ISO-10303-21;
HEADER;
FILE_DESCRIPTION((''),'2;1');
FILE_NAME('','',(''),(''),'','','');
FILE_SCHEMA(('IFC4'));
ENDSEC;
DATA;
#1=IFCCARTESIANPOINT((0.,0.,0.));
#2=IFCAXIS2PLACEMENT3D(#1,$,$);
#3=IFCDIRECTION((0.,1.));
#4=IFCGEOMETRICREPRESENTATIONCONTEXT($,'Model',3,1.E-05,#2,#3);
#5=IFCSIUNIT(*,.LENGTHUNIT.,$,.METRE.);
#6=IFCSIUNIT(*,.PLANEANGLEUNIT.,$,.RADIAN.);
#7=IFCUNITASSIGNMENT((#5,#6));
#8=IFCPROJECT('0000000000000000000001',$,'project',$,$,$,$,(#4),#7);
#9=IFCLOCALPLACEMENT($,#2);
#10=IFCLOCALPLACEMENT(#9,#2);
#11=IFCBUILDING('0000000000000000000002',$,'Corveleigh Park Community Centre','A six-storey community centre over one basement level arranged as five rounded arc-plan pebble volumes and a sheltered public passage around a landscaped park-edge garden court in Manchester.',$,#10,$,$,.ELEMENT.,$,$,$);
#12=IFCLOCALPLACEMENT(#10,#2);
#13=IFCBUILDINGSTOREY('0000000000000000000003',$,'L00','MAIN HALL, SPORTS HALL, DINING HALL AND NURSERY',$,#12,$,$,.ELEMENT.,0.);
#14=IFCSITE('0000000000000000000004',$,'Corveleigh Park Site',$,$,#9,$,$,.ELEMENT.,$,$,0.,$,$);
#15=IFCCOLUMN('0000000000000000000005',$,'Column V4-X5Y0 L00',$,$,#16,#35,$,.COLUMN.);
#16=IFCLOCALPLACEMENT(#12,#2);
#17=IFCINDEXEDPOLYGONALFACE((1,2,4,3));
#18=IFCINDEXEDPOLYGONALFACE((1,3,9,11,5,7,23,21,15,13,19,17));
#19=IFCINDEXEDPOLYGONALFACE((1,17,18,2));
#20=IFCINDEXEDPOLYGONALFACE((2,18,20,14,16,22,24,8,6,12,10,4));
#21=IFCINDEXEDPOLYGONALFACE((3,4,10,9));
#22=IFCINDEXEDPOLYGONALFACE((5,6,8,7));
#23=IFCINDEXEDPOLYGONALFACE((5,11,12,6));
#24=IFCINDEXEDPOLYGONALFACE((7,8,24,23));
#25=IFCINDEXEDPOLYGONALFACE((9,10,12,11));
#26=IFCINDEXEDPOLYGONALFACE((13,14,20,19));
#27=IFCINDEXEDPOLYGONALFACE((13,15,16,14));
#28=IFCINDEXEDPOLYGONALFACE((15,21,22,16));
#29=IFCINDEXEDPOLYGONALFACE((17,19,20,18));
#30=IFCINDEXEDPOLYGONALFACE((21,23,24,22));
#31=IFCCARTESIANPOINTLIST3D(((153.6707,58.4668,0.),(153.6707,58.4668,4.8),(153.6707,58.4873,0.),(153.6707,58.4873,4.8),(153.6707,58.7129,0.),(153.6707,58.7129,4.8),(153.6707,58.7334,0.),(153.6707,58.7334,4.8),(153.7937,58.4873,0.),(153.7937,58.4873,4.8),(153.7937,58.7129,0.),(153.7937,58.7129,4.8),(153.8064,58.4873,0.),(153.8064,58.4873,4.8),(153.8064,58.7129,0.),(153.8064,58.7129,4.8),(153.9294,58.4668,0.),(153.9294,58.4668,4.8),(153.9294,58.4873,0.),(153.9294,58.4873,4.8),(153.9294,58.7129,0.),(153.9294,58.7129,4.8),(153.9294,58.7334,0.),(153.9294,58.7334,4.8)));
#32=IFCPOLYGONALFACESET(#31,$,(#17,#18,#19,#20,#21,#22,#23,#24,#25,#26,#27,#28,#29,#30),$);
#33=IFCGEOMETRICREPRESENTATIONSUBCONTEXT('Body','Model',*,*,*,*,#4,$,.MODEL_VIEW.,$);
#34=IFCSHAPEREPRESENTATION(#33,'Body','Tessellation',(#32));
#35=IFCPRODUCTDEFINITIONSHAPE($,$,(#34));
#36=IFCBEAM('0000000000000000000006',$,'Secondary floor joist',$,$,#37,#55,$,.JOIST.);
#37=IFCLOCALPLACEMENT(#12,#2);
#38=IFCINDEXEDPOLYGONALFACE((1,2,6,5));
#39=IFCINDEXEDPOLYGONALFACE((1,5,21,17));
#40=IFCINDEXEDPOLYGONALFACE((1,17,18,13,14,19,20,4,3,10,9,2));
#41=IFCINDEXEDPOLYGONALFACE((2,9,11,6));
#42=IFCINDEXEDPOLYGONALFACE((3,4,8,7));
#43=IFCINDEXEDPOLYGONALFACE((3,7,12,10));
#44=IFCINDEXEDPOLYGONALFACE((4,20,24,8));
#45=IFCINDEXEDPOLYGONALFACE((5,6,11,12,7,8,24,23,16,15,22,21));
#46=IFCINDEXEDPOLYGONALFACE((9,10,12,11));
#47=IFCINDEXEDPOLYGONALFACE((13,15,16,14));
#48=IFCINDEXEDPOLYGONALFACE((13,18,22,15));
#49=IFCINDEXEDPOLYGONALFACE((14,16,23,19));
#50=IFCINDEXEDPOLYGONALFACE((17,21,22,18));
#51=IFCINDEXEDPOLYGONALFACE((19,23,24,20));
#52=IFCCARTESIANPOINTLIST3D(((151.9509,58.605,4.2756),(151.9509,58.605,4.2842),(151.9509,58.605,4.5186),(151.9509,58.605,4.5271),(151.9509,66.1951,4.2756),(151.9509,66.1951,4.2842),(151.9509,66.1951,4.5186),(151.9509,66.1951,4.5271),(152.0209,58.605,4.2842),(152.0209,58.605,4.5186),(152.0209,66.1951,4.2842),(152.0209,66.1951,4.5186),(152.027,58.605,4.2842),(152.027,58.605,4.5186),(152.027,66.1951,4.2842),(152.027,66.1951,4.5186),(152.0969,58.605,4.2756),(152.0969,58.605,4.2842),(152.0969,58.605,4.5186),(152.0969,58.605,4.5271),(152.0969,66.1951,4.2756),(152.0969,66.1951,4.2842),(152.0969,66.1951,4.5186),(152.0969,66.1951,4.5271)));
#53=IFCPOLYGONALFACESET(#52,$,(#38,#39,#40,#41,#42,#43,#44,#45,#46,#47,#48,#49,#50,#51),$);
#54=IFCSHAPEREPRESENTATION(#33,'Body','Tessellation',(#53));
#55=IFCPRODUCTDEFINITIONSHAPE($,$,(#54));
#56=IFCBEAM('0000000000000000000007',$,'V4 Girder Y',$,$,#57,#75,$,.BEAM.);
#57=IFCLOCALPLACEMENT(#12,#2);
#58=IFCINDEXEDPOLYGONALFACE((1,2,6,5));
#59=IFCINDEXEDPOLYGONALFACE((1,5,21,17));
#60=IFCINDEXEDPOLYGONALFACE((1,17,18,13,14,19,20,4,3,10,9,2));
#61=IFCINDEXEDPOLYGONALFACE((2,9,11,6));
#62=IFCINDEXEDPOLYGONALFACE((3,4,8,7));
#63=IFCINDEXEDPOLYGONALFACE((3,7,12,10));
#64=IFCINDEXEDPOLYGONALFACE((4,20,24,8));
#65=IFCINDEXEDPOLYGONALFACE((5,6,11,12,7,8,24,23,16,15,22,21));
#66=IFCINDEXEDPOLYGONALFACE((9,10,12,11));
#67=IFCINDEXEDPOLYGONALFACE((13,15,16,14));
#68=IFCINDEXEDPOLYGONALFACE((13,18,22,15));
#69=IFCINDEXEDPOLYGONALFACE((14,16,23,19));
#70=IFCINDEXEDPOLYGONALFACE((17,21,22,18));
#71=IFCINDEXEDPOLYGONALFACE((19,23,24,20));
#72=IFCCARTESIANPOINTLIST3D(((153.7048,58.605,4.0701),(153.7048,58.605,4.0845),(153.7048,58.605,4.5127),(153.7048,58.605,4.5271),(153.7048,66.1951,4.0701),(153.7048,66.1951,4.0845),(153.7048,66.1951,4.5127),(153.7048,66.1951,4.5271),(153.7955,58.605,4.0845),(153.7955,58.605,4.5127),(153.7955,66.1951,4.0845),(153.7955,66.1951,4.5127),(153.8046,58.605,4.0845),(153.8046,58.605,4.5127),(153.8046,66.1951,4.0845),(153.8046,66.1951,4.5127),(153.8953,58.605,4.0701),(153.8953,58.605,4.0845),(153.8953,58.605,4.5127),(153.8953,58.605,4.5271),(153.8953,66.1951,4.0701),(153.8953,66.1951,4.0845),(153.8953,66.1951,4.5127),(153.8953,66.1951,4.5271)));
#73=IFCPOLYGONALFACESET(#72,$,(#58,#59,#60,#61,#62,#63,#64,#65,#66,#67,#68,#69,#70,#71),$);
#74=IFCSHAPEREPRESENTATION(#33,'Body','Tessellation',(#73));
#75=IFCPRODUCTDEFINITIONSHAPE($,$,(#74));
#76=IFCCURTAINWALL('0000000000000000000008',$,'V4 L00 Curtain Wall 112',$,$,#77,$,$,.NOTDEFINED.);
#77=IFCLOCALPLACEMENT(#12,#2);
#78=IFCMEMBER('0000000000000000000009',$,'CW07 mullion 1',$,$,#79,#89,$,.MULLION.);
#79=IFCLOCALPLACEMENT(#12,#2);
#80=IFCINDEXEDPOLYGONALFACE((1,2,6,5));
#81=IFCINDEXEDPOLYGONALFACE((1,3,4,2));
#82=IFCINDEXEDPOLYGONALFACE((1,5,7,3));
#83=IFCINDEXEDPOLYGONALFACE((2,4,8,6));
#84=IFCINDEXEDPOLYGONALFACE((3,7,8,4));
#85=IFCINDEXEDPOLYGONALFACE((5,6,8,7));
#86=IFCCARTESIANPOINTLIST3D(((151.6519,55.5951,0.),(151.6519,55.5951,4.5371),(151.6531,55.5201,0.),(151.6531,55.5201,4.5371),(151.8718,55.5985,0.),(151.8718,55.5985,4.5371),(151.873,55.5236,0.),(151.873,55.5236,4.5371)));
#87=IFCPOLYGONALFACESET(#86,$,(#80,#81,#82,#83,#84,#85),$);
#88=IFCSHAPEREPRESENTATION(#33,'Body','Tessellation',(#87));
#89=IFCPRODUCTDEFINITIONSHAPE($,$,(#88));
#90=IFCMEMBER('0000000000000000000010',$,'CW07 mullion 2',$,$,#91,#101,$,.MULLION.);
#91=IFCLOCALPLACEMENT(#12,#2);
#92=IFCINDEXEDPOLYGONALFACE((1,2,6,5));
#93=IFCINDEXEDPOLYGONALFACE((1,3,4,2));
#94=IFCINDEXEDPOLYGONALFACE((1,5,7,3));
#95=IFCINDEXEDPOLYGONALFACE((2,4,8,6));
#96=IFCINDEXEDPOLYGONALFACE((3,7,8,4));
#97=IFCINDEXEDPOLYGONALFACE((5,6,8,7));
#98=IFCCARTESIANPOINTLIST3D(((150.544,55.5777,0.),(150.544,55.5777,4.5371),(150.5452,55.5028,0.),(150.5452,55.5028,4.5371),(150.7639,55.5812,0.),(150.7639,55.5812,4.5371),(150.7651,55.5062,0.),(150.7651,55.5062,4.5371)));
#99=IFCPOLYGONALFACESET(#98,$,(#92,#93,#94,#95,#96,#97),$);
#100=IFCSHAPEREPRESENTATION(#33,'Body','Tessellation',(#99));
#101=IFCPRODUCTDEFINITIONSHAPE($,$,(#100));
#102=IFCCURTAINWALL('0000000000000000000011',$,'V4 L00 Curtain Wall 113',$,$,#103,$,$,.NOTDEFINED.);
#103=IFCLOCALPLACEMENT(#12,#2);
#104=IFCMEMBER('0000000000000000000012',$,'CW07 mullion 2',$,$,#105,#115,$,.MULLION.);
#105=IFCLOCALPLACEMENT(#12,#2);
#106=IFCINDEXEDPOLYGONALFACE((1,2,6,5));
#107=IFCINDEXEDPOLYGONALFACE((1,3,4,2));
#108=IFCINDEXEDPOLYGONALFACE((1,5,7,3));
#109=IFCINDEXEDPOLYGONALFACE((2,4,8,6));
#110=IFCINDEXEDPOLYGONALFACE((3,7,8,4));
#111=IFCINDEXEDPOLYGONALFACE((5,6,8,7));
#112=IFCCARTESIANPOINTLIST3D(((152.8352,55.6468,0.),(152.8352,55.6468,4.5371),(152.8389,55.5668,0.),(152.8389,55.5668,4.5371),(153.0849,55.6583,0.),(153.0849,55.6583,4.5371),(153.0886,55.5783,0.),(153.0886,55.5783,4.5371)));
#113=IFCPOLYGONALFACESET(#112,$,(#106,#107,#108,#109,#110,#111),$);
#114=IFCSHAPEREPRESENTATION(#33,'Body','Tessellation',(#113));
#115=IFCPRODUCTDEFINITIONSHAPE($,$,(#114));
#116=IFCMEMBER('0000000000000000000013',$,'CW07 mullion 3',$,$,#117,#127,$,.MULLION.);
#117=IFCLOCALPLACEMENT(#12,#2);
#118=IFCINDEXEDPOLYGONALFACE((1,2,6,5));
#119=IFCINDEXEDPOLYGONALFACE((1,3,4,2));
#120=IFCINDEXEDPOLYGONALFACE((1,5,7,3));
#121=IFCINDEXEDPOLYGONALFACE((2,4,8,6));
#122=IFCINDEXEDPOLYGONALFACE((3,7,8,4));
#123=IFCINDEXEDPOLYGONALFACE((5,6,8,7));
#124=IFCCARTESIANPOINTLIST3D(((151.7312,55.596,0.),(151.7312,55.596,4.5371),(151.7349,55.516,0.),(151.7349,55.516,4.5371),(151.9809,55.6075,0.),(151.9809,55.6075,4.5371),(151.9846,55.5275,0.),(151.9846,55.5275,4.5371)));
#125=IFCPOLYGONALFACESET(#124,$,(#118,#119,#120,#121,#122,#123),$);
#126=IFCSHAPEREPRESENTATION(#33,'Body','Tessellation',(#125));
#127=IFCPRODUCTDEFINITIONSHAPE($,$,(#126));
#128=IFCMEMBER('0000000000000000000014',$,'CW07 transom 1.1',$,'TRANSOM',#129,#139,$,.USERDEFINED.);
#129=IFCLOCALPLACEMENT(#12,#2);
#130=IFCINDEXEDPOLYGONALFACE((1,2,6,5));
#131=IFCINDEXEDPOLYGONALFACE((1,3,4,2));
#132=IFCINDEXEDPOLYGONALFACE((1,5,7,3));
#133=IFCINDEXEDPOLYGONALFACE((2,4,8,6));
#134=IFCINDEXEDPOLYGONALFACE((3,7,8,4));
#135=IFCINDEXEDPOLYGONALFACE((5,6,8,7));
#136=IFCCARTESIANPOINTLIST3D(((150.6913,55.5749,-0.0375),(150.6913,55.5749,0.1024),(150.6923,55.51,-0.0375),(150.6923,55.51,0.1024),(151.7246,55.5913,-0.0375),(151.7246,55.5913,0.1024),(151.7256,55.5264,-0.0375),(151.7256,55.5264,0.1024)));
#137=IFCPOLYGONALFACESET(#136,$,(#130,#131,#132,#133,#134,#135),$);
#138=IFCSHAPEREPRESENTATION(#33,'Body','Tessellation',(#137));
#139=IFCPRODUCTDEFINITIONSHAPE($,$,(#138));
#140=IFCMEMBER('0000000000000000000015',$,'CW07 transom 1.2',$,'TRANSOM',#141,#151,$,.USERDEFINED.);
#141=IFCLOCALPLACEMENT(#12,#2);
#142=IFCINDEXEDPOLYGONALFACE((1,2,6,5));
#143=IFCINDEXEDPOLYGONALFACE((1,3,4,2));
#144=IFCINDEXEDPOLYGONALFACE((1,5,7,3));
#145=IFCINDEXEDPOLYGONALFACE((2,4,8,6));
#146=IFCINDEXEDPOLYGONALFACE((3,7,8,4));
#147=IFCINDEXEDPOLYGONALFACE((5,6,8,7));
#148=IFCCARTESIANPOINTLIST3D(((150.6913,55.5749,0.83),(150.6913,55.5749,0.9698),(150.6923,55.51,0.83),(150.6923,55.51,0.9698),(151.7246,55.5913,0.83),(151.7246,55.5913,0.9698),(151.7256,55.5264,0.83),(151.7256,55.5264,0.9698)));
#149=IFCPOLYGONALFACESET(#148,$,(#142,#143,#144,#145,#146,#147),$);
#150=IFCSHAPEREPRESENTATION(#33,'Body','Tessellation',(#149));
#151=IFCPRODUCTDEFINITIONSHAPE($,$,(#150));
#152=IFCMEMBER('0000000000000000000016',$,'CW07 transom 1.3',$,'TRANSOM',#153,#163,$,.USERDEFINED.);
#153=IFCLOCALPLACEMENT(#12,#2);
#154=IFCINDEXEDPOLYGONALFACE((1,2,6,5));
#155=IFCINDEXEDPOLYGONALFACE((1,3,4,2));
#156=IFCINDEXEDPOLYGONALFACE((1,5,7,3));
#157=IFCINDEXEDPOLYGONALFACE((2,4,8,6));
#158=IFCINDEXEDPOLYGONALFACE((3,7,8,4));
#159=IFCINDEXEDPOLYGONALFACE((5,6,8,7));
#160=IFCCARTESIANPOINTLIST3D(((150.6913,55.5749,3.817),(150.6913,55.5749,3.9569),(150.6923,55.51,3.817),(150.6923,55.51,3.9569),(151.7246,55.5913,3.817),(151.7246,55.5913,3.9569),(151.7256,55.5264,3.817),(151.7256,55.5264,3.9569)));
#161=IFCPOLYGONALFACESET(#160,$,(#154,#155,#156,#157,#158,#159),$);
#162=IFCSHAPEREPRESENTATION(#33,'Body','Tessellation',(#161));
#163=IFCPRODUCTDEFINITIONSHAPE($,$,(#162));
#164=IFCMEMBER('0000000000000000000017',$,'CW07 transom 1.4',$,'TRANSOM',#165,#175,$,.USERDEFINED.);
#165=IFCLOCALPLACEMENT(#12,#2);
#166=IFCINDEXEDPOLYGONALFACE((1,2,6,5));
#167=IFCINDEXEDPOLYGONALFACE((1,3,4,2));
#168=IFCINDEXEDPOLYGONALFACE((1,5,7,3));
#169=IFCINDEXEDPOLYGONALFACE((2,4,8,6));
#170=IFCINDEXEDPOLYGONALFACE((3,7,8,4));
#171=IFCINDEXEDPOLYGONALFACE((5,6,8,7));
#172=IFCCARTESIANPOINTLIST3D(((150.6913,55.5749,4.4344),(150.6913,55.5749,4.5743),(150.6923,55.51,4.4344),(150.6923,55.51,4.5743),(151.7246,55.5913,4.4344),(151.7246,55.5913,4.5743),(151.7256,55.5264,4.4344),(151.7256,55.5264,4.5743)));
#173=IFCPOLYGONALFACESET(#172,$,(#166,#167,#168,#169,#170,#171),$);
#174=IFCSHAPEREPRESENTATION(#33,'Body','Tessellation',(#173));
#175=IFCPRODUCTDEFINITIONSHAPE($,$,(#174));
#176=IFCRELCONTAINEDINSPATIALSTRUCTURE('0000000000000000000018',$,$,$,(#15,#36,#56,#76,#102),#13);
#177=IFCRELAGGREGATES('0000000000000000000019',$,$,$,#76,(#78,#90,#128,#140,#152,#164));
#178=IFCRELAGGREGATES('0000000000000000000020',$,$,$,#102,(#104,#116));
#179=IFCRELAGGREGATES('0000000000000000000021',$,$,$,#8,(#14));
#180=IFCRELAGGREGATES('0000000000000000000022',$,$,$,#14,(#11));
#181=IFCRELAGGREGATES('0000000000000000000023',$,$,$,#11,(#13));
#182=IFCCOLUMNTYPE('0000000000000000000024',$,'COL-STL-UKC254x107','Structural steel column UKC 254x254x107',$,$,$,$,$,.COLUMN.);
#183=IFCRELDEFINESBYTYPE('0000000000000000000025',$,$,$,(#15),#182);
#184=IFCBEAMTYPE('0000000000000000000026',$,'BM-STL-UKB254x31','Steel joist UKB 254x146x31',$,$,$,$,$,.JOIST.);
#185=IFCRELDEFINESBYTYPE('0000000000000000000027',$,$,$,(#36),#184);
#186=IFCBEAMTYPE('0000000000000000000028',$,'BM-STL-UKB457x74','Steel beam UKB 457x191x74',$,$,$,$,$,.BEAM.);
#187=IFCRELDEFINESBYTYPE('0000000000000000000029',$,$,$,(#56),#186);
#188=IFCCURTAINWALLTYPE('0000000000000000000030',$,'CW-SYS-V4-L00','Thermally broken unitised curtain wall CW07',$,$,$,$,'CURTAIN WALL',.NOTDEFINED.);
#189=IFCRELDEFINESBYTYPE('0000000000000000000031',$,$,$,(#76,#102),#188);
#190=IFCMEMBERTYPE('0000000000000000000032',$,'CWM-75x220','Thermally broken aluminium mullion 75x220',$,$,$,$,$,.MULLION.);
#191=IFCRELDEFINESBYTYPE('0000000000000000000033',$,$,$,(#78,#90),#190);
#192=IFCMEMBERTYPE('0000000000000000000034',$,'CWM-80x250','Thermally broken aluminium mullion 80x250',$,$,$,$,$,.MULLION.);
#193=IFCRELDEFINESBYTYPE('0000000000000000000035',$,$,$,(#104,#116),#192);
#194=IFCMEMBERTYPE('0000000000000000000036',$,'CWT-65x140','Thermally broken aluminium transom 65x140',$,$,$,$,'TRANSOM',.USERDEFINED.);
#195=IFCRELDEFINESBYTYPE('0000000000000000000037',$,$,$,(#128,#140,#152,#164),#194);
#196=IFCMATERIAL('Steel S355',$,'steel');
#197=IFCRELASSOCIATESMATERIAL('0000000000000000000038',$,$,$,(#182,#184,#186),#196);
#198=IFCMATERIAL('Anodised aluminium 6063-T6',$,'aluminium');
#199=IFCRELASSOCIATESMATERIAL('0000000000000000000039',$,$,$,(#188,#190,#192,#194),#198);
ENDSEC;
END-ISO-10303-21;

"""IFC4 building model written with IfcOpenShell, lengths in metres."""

from ifc_helpers import new_model, si_unit, direction, frame, origin, origin_2d, place, context, subcontext, project, spatial, rectangle, i_section, extrude, material, material_profile, profile_set, type_object, element, aggregate, save


model = new_model("IFC4")

# Units and contexts
model_context = context("Model", 3, precision=1e-05, world=origin(), true_north=direction((0.0, 1.0)))
body_context = subcontext(model_context, "Body", "Model", "MODEL_VIEW")
ifc_project = project(units=[si_unit("LENGTHUNIT", "METRE"), si_unit("PLANEANGLEUNIT", "RADIAN")], contexts=[model_context])

# Site, building, storey
site_placement = place(None, origin())
site = spatial("IfcSite", under=ifc_project, at=site_placement, Name="Corveleigh Park Site", CompositionType="ELEMENT", RefElevation=0.0)
building_placement = place(site_placement, origin())
building = spatial("IfcBuilding", under=site, at=building_placement, Name="Corveleigh Park Community Centre", Description="A six-storey community centre over one basement level arranged as five rounded arc-plan pebble volumes and a sheltered public passage around a landscaped park-edge garden court in Manchester.", CompositionType="ELEMENT")
storey_placement = place(building_placement, origin())
storey = spatial("IfcBuildingStorey", under=building, at=storey_placement, Name="L00", Description="MAIN HALL, SPORTS HALL, DINING HALL AND NURSERY", CompositionType="ELEMENT", Elevation=0.0)

# Column
ifc_material_1 = material(Name="Steel S355", Category="steel")
ifc_material_profile_1 = material_profile(ifc_material_1, i_section(OverallWidth=0.2588, OverallDepth=0.2666, WebThickness=0.0127, FlangeThickness=0.0205, at=origin_2d()), Name="UKC 254x254x107", Category="steel")
ifc_profile_set_1 = profile_set([ifc_material_profile_1], Name="Steel S355")
column_type = type_object("IfcColumnType", Name="COL-STL-UKC254x107", Description="Structural steel column UKC 254x254x107", PredefinedType="COLUMN", material=ifc_profile_set_1)
column_placement = place(storey_placement, frame((153.8, 58.6001, 0.0), z_axis=(0.0, 0.0, 1.0), x_axis=(1.0, 0.0, 0.0)))
element("IfcColumn", 1, at=column_placement, inside=storey, type_object=column_type, Name="Column V4-X5Y0 L00", PredefinedType="COLUMN", context=body_context, shape_type="SweptSolid", body=[
    extrude(i_section(OverallWidth=0.2588, OverallDepth=0.2666, WebThickness=0.0127, FlangeThickness=0.0205, at=origin_2d()), origin(), (0.0, 0.0, 1.0), 4.8),
])

# Beams
ifc_material_profile_2 = material_profile(ifc_material_1, i_section(OverallWidth=0.146, OverallDepth=0.2515, WebThickness=0.0061, FlangeThickness=0.0085, at=origin_2d()), Name="UKB 254x146x31", Category="steel")
ifc_profile_set_2 = profile_set([ifc_material_profile_2], Name="Steel S355")
beam_type_1 = type_object("IfcBeamType", Name="BM-STL-UKB254x31", Description="Steel joist UKB 254x146x31", PredefinedType="JOIST", material=ifc_profile_set_2)
beam_1_placement = place(storey_placement, frame((152.0239, 58.605, 4.4014), z_axis=(0.0, 1.0, 0.0), x_axis=(-1.0, 0.0, 0.0)))
element("IfcBeam", 2, at=beam_1_placement, inside=storey, type_object=beam_type_1, Name="Secondary floor joist", PredefinedType="JOIST", context=body_context, shape_type="SweptSolid", body=[
    extrude(i_section(OverallWidth=0.146, OverallDepth=0.2515, WebThickness=0.0061, FlangeThickness=0.0085, at=origin_2d()), origin(), (0.0, 0.0, 1.0), 7.5901),
])
ifc_material_profile_3 = material_profile(ifc_material_1, i_section(OverallWidth=0.1904, OverallDepth=0.457, WebThickness=0.009, FlangeThickness=0.0144, at=origin_2d()), Name="UKB 457x191x74", Category="steel")
ifc_profile_set_3 = profile_set([ifc_material_profile_3], Name="Steel S355")
beam_type_2 = type_object("IfcBeamType", Name="BM-STL-UKB457x74", Description="Steel beam UKB 457x191x74", PredefinedType="BEAM", material=ifc_profile_set_3)
beam_2_placement = place(storey_placement, frame((153.8, 58.605, 4.2986), z_axis=(0.0, 1.0, 0.0), x_axis=(-1.0, 0.0, 0.0)))
element("IfcBeam", 3, at=beam_2_placement, inside=storey, type_object=beam_type_2, Name="V4 Girder Y", PredefinedType="BEAM", context=body_context, shape_type="SweptSolid", body=[
    extrude(i_section(OverallWidth=0.1904, OverallDepth=0.457, WebThickness=0.009, FlangeThickness=0.0144, at=origin_2d()), origin(), (0.0, 0.0, 1.0), 7.5901),
])

# Curtain walls, members
ifc_material_2 = material(Name="Anodised aluminium 6063-T6", Category="aluminium")
curtain_wall_type = type_object("IfcCurtainWallType", Name="CW-SYS-V4-L00", Description="Thermally broken unitised curtain wall CW07", ElementType="CURTAIN WALL", PredefinedType="NOTDEFINED", material=ifc_material_2)
curtain_wall_1_placement = place(storey_placement, origin())
curtain_wall_1 = element("IfcCurtainWall", 4, at=curtain_wall_1_placement, inside=storey, type_object=curtain_wall_type, Name="V4 L00 Curtain Wall 112", PredefinedType="NOTDEFINED")
ifc_material_profile_4 = material_profile(ifc_material_2, rectangle(XDim=0.075, YDim=0.22, at=origin_2d()), Name="ALU-M75x220", Category="aluminium")
ifc_profile_set_4 = profile_set([ifc_material_profile_4], Name="Anodised aluminium 6063-T6")
member_type_1 = type_object("IfcMemberType", Name="CWM-75x220", Description="Thermally broken aluminium mullion 75x220", PredefinedType="MULLION", material=ifc_profile_set_4)
member_1_placement = place(storey_placement, frame((151.7625, 55.5593, 0.0), z_axis=(0.0, 0.0, 1.0), x_axis=(0.015712, -0.999877, 0.0)))
member_1 = element("IfcMember", 5, at=member_1_placement, type_object=member_type_1, Name="CW07 mullion 1", PredefinedType="MULLION", context=body_context, shape_type="SweptSolid", body=[
    extrude(rectangle(XDim=0.075, YDim=0.22, at=origin_2d()), origin(), (0.0, 0.0, 1.0), 4.5371),
])
member_2_placement = place(storey_placement, frame((150.6545, 55.542, 0.0), z_axis=(0.0, 0.0, 1.0), x_axis=(0.015712, -0.999877, 0.0)))
member_2 = element("IfcMember", 6, at=member_2_placement, type_object=member_type_1, Name="CW07 mullion 2", PredefinedType="MULLION", context=body_context, shape_type="SweptSolid", body=[
    extrude(rectangle(XDim=0.075, YDim=0.22, at=origin_2d()), origin(), (0.0, 0.0, 1.0), 4.5371),
])
curtain_wall_2_placement = place(storey_placement, origin())
curtain_wall_2 = element("IfcCurtainWall", 7, at=curtain_wall_2_placement, inside=storey, type_object=curtain_wall_type, Name="V4 L00 Curtain Wall 113", PredefinedType="NOTDEFINED")
ifc_material_profile_5 = material_profile(ifc_material_2, rectangle(XDim=0.0801, YDim=0.25, at=origin_2d()), Name="ALU-M80x250", Category="aluminium")
ifc_profile_set_5 = profile_set([ifc_material_profile_5], Name="Anodised aluminium 6063-T6")
member_type_2 = type_object("IfcMemberType", Name="CWM-80x250", Description="Thermally broken aluminium mullion 80x250", PredefinedType="MULLION", material=ifc_profile_set_5)
member_3_placement = place(storey_placement, frame((152.9619, 55.6125, 0.0), z_axis=(0.0, 0.0, 1.0), x_axis=(0.045843, -0.998949, 0.0)))
member_3 = element("IfcMember", 8, at=member_3_placement, type_object=member_type_2, Name="CW07 mullion 2", PredefinedType="MULLION", context=body_context, shape_type="SweptSolid", body=[
    extrude(rectangle(XDim=0.0801, YDim=0.25, at=origin_2d()), origin(), (0.0, 0.0, 1.0), 4.5371),
])
member_4_placement = place(storey_placement, frame((151.8579, 55.5618, 0.0), z_axis=(0.0, 0.0, 1.0), x_axis=(0.045843, -0.998949, 0.0)))
member_4 = element("IfcMember", 9, at=member_4_placement, type_object=member_type_2, Name="CW07 mullion 3", PredefinedType="MULLION", context=body_context, shape_type="SweptSolid", body=[
    extrude(rectangle(XDim=0.0801, YDim=0.25, at=origin_2d()), origin(), (0.0, 0.0, 1.0), 4.5371),
])

# Members
ifc_material_profile_6 = material_profile(ifc_material_2, rectangle(XDim=0.0649, YDim=0.1399, at=origin_2d()), Name="ALU-T65x140", Category="aluminium")
ifc_profile_set_6 = profile_set([ifc_material_profile_6], Name="Anodised aluminium 6063-T6")
member_type_3 = type_object("IfcMemberType", Name="CWT-65x140", Description="Thermally broken aluminium transom 65x140", ElementType="TRANSOM", PredefinedType="USERDEFINED", material=ifc_profile_set_6)
member_5_placement = place(storey_placement, frame((151.7251, 55.5588, 0.0325), z_axis=(-0.999875, -0.01583, 0.0), x_axis=(0.01583, -0.999875, 0.0)))
member_5 = element("IfcMember", 10, at=member_5_placement, type_object=member_type_3, Name="CW07 transom 1.1", ObjectType="TRANSOM", PredefinedType="USERDEFINED", context=body_context, shape_type="SweptSolid", body=[
    extrude(rectangle(XDim=0.0649, YDim=0.1399, at=origin_2d()), origin(), (0.0, 0.0, 1.0), 1.0334),
])
member_6_placement = place(storey_placement, frame((151.7251, 55.5588, 0.8999), z_axis=(-0.999875, -0.01583, 0.0), x_axis=(0.01583, -0.999875, 0.0)))
member_6 = element("IfcMember", 11, at=member_6_placement, type_object=member_type_3, Name="CW07 transom 1.2", ObjectType="TRANSOM", PredefinedType="USERDEFINED", context=body_context, shape_type="SweptSolid", body=[
    extrude(rectangle(XDim=0.0649, YDim=0.1399, at=origin_2d()), origin(), (0.0, 0.0, 1.0), 1.0334),
])
member_7_placement = place(storey_placement, frame((151.7251, 55.5588, 3.887), z_axis=(-0.999875, -0.01583, 0.0), x_axis=(0.01583, -0.999875, 0.0)))
member_7 = element("IfcMember", 12, at=member_7_placement, type_object=member_type_3, Name="CW07 transom 1.3", ObjectType="TRANSOM", PredefinedType="USERDEFINED", context=body_context, shape_type="SweptSolid", body=[
    extrude(rectangle(XDim=0.0649, YDim=0.1399, at=origin_2d()), origin(), (0.0, 0.0, 1.0), 1.0334),
])
member_8_placement = place(storey_placement, frame((151.7251, 55.5588, 4.5044), z_axis=(-0.999875, -0.01583, 0.0), x_axis=(0.01583, -0.999875, 0.0)))
member_8 = element("IfcMember", 13, at=member_8_placement, type_object=member_type_3, Name="CW07 transom 1.4", ObjectType="TRANSOM", PredefinedType="USERDEFINED", context=body_context, shape_type="SweptSolid", body=[
    extrude(rectangle(XDim=0.0649, YDim=0.1399, at=origin_2d()), origin(), (0.0, 0.0, 1.0), 1.0334),
])

aggregate(curtain_wall_1, [member_1, member_2, member_5, member_6, member_7, member_8])
aggregate(curtain_wall_2, [member_3, member_4])

save(model, "model.ifc")
